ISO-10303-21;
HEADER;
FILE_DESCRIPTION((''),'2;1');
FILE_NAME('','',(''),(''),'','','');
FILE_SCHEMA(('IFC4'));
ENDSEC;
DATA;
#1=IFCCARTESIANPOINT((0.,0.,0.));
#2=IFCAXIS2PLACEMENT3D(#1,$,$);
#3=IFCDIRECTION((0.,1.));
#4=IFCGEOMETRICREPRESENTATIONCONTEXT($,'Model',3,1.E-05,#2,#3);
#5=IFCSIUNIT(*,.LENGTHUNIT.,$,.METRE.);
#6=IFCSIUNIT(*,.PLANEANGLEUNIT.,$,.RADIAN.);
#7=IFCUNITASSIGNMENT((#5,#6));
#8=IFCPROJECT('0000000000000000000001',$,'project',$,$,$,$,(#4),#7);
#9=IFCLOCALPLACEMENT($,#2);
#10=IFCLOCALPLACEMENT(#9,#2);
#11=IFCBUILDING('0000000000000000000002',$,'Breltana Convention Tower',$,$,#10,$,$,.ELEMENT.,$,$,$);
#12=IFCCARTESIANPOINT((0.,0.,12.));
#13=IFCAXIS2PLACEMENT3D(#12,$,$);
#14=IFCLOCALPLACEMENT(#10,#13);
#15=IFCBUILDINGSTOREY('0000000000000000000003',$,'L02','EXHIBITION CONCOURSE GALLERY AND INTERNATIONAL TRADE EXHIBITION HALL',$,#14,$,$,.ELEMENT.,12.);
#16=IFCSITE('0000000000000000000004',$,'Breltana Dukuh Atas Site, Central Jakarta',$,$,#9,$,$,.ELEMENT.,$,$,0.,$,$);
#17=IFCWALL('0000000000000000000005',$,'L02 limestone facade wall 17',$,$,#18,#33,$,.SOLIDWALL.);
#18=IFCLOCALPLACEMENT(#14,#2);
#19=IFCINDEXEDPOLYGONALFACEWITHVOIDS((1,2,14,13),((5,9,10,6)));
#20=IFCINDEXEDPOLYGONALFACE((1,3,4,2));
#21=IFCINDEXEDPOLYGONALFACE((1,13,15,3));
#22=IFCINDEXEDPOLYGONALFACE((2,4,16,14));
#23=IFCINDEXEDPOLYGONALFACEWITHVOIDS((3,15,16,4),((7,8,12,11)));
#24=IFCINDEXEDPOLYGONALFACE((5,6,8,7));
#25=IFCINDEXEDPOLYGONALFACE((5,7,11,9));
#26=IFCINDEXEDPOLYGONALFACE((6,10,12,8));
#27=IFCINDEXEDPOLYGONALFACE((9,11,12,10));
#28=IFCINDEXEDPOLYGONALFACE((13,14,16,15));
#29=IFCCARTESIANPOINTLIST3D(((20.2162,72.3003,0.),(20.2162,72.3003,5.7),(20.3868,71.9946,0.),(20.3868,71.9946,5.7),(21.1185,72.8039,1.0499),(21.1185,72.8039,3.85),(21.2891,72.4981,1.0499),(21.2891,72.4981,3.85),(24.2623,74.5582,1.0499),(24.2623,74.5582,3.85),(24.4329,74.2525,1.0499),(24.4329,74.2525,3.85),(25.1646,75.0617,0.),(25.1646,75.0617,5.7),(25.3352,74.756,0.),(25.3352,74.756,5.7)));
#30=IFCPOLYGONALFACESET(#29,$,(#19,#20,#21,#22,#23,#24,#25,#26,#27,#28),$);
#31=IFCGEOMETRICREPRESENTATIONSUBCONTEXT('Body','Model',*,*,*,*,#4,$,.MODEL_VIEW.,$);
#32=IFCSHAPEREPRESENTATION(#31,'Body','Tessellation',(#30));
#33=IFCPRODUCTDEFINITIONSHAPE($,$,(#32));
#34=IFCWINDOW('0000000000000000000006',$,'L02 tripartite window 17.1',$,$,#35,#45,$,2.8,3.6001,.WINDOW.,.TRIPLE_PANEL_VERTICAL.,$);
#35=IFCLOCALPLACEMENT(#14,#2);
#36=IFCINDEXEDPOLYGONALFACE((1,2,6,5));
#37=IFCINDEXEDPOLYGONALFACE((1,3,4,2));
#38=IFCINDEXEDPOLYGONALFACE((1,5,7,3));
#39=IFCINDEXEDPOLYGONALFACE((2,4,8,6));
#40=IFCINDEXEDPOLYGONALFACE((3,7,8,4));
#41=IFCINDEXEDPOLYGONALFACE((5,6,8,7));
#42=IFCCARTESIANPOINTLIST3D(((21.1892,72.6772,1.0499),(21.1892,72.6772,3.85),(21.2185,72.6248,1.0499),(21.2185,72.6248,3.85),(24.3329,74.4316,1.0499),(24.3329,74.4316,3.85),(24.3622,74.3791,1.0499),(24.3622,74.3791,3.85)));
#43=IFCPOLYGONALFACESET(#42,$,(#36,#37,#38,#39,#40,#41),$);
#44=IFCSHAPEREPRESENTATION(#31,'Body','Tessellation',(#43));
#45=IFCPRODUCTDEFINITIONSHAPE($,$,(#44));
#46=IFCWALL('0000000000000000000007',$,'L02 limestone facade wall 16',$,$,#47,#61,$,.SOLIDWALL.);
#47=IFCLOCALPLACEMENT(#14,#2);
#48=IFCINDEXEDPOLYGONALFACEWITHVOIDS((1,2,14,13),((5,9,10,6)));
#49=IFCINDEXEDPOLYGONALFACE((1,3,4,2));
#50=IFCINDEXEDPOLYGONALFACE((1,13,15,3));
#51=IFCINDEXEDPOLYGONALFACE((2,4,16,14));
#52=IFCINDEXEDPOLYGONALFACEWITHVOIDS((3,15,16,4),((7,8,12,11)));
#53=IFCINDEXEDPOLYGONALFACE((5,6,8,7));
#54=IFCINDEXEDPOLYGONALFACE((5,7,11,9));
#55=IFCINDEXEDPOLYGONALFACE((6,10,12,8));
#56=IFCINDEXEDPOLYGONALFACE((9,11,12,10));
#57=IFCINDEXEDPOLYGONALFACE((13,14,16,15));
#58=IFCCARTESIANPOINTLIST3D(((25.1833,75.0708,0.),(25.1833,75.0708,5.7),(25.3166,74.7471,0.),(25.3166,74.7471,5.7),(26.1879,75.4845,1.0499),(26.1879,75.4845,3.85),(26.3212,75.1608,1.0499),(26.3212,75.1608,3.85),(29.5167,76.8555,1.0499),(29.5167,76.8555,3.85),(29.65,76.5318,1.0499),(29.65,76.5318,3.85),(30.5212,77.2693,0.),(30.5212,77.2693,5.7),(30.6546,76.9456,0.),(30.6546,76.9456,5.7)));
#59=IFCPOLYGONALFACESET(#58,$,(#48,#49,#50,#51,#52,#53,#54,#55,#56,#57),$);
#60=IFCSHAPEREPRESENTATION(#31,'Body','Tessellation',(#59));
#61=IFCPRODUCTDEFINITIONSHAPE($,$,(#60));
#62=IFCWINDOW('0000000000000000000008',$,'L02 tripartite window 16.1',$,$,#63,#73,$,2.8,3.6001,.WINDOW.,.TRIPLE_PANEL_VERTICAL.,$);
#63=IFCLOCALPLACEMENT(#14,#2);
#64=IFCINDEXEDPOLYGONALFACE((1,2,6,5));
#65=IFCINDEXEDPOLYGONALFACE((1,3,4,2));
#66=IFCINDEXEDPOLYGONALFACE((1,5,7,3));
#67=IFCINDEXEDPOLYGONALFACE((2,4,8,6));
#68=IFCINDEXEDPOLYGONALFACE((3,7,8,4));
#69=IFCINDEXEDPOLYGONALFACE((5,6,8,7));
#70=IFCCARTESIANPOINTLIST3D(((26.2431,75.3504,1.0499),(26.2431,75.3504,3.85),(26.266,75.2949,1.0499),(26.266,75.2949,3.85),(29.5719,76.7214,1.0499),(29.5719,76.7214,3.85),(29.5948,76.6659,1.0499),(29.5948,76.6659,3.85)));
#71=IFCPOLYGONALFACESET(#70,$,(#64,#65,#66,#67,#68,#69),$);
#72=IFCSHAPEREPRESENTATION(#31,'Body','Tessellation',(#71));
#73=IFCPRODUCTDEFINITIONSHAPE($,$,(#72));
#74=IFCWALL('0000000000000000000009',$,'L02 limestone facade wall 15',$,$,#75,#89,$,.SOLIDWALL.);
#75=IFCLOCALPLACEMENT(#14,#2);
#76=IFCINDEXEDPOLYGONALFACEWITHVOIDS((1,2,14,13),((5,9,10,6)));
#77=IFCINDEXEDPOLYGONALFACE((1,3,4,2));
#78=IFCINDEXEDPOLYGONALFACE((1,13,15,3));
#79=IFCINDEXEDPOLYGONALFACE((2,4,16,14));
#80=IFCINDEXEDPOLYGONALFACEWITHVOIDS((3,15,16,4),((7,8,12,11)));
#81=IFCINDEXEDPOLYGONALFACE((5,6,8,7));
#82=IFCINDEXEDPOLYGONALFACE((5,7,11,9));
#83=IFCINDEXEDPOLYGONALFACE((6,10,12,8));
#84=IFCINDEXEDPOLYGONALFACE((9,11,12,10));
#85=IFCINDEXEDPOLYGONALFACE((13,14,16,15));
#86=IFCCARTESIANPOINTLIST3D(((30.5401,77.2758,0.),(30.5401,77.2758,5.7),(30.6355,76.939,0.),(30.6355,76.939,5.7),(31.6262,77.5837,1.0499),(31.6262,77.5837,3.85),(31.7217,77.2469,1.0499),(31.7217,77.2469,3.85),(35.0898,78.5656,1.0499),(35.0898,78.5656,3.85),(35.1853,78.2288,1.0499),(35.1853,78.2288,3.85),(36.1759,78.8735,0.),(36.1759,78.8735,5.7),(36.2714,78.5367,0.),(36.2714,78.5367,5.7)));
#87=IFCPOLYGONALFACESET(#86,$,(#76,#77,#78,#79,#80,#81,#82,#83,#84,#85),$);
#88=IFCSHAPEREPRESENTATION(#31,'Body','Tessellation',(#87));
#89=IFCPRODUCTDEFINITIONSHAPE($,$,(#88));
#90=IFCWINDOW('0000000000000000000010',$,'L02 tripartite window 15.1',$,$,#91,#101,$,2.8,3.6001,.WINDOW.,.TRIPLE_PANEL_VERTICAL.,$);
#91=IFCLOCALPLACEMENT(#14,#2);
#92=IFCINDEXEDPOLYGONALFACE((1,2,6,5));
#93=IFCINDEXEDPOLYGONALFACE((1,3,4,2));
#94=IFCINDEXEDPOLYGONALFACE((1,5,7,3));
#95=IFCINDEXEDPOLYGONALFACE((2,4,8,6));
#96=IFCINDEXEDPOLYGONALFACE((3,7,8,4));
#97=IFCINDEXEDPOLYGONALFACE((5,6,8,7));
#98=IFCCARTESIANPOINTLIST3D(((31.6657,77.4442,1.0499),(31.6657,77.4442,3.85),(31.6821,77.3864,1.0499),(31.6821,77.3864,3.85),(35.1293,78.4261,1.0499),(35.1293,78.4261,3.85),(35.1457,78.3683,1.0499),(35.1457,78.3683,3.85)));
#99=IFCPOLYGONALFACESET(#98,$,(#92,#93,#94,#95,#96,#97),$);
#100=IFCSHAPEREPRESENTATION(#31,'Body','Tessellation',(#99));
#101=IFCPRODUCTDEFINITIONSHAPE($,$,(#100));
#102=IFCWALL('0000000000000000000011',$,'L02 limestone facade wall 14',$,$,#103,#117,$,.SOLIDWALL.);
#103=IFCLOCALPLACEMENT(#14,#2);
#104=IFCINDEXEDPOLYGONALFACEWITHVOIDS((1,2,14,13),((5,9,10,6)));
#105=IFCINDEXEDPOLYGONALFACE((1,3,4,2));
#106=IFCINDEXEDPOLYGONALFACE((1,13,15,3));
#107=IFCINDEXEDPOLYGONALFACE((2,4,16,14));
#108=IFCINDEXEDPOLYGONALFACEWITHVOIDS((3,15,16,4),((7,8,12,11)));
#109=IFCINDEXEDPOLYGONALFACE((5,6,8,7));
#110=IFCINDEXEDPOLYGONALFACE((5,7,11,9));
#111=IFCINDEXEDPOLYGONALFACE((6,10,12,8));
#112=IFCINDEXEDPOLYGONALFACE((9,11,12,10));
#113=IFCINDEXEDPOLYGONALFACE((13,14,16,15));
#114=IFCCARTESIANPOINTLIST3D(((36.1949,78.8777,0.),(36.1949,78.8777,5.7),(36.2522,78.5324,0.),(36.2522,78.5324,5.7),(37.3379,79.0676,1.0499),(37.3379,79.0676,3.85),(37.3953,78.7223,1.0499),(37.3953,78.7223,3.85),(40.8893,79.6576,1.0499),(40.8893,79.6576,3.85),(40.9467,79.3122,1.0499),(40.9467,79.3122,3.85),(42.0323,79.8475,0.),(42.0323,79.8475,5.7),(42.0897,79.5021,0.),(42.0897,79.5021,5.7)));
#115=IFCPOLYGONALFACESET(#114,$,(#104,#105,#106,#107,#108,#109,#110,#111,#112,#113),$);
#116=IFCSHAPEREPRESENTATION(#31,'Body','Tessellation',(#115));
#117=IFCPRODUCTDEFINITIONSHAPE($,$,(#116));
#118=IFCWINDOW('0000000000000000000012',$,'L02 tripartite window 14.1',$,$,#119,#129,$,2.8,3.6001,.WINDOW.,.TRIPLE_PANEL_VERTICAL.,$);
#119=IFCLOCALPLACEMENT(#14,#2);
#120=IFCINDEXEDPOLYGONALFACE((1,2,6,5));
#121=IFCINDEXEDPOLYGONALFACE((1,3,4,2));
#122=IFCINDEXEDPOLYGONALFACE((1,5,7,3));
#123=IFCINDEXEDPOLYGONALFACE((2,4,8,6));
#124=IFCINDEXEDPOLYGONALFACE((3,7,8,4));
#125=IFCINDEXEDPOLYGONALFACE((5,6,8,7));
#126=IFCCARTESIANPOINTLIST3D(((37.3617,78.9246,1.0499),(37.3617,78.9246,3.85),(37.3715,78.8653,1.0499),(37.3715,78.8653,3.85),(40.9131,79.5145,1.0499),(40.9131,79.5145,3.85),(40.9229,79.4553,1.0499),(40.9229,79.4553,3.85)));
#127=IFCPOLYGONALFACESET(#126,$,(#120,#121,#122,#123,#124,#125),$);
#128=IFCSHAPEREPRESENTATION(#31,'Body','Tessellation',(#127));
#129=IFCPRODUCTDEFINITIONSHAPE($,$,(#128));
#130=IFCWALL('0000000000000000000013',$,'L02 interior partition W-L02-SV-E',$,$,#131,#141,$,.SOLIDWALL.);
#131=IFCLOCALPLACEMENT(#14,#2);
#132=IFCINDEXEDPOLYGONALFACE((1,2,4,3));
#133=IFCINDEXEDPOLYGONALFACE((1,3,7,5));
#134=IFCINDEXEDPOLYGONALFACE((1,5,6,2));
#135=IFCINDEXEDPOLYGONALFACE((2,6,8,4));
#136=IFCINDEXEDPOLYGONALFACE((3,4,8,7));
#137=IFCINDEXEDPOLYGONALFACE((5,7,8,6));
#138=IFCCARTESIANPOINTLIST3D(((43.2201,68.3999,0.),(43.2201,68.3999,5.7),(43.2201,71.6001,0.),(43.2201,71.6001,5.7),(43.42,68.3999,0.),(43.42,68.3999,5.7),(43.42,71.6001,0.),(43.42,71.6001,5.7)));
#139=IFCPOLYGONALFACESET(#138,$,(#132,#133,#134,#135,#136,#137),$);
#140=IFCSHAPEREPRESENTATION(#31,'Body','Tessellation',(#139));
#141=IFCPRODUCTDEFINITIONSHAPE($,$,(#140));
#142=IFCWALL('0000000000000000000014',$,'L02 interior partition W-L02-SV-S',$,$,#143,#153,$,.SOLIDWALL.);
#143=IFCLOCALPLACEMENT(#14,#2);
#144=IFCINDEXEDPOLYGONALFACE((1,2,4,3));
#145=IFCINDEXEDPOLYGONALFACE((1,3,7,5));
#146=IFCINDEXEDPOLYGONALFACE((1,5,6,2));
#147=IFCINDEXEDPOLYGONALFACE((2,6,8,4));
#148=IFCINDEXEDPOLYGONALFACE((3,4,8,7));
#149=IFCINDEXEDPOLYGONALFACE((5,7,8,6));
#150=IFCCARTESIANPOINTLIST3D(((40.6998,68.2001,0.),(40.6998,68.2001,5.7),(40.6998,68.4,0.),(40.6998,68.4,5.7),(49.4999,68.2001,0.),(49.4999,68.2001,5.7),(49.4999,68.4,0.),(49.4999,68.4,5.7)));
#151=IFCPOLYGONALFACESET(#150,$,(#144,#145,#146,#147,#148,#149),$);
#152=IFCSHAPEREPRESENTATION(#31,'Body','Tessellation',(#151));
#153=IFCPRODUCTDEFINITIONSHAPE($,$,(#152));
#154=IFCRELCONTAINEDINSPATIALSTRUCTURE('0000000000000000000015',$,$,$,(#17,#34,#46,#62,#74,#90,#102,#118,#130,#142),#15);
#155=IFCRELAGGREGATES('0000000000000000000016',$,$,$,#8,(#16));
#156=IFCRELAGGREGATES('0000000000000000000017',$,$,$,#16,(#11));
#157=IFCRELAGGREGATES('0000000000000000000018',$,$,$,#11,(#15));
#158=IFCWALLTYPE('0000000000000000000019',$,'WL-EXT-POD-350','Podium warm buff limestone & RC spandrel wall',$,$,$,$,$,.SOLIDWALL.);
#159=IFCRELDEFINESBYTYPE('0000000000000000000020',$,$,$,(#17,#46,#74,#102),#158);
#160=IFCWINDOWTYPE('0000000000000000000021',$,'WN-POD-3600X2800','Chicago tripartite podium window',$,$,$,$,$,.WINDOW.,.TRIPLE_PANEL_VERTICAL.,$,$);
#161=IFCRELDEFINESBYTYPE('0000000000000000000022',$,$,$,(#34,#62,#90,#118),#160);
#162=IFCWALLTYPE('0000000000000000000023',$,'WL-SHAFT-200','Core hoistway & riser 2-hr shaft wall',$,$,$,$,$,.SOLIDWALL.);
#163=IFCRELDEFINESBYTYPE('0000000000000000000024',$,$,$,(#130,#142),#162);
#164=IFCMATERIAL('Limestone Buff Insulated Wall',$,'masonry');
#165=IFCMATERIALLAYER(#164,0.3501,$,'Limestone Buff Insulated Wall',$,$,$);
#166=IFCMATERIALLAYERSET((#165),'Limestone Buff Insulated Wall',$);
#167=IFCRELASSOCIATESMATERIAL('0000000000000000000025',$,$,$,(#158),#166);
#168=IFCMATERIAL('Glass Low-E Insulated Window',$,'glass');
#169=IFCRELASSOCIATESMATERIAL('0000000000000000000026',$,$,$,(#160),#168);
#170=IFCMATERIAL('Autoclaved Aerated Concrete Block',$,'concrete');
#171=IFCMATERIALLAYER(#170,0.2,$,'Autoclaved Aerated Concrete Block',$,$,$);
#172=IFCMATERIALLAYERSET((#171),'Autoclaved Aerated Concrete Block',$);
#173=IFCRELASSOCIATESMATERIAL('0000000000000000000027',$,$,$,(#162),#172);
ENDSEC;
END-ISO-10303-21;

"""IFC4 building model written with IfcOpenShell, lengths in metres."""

from ifc_helpers import new_model, si_unit, direction, frame, frame_2d, origin, place, context, subcontext, project, spatial, rectangle, extrude, source, transform, mapped, material, layer, layer_set, type_object, type_shapes, element, fill, save


model = new_model("IFC4")

# Units and contexts
model_context = context("Model", 3, precision=1e-05, world=origin(), true_north=direction((0.0, 1.0)))
body_context = subcontext(model_context, "Body", "Model", "MODEL_VIEW")
ifc_project = project(units=[si_unit("LENGTHUNIT", "METRE"), si_unit("PLANEANGLEUNIT", "RADIAN")], contexts=[model_context])

# Site, building, storey
site_placement = place(None, origin())
site = spatial("IfcSite", under=ifc_project, at=site_placement, Name="Breltana Dukuh Atas Site, Central Jakarta", CompositionType="ELEMENT", RefElevation=0.0)
building_placement = place(site_placement, origin())
building = spatial("IfcBuilding", under=site, at=building_placement, Name="Breltana Convention Tower", CompositionType="ELEMENT")
storey_placement = place(building_placement, frame((0.0, 0.0, 12.0)))
storey = spatial("IfcBuildingStorey", under=building, at=storey_placement, Name="L02", Description="EXHIBITION CONCOURSE GALLERY AND INTERNATIONAL TRADE EXHIBITION HALL", CompositionType="ELEMENT", Elevation=12.0)

# Walls, openings, windows
ifc_material_1 = material(Name="Limestone Buff Insulated Wall", Category="masonry")
ifc_layer_1 = layer(ifc_material_1, 0.3501, Name="Limestone Buff Insulated Wall")
ifc_layer_set_1 = layer_set([ifc_layer_1], Name="Limestone Buff Insulated Wall")
wall_type_1 = type_object("IfcWallType", Name="WL-EXT-POD-350", Description="Podium warm buff limestone & RC spandrel wall", PredefinedType="SOLIDWALL", material=ifc_layer_set_1)
shared_shape_1 = source(origin(), body_context, "Body", "SweptSolid", [
    extrude(rectangle(XDim=5.6667, YDim=0.3501, at=frame_2d((2.8335, 0.0))), origin(), (0.0, 0.0, 1.0), 5.7),
])
wall_1_placement = place(storey_placement, frame((25.25, 74.9089, 0.0), z_axis=(0.0, 0.0, 1.0), x_axis=(-0.873233, -0.487303, 0.0)))
wall_1 = element("IfcWall", 1, at=wall_1_placement, inside=storey, type_object=wall_type_1, Name="L02 limestone facade wall 17", PredefinedType="SOLIDWALL", context=body_context, shape_type="MappedRepresentation", body=[
    mapped(shared_shape_1, transform((0.0, 0.0, 0.0), scale=1.0)),
])
opening_1_placement = place(wall_1_placement, frame((1.0334, 0.0, 1.05)))
opening_1 = element("IfcOpeningElement", 2, at=opening_1_placement, cuts=wall_1, PredefinedType="OPENING", context=body_context, shape_type="SweptSolid", body=[
    extrude(rectangle(XDim=3.6001, YDim=2.8, at=frame_2d((1.8, 1.3999))), frame((0.0, 0.1851, 0.0), z_axis=(0.0, -1.0, 0.0), x_axis=(1.0, 0.0, 0.0)), (0.0, 0.0, 1.0), 0.3701),
])
ifc_material_2 = material(Name="Glass Low-E Insulated Window", Category="glass")
window_type = type_object("IfcWindowType", Name="WN-POD-3600X2800", Description="Chicago tripartite podium window", PartitioningType="TRIPLE_PANEL_VERTICAL", PredefinedType="WINDOW", material=ifc_material_2)
shared_shape_2 = source(origin(), body_context, "Body", "SweptSolid", [
    extrude(rectangle(XDim=3.6001, YDim=2.8, at=frame_2d((1.8, 1.3999))), frame((0.0, 0.03, 0.0), z_axis=(0.0, -1.0, 0.0), x_axis=(1.0, 0.0, 0.0)), (0.0, 0.0, 1.0), 0.0601),
])
type_shapes(window_type, [shared_shape_2])
window_1_placement = place(opening_1_placement, origin())
window_1 = element("IfcWindow", 3, at=window_1_placement, inside=storey, type_object=window_type, Name="L02 tripartite window 17.1", OverallHeight=2.8, OverallWidth=3.6001, PartitioningType="TRIPLE_PANEL_VERTICAL", PredefinedType="WINDOW", context=body_context, shape_type="MappedRepresentation", body=[
    mapped(shared_shape_2, transform((0.0, 0.0, 0.0), scale=1.0)),
])
fill(opening_1, window_1)
shared_shape_3 = source(origin(), body_context, "Body", "SweptSolid", [
    extrude(rectangle(XDim=5.7729, YDim=0.3501, at=frame_2d((2.8865, 0.0))), origin(), (0.0, 0.0, 1.0), 5.7),
])
wall_2_placement = place(storey_placement, frame((30.5879, 77.1074, 0.0), z_axis=(0.0, 0.0, 1.0), x_axis=(-0.924646, -0.380829, 0.0)))
wall_2 = element("IfcWall", 4, at=wall_2_placement, inside=storey, type_object=wall_type_1, Name="L02 limestone facade wall 16", PredefinedType="SOLIDWALL", context=body_context, shape_type="MappedRepresentation", body=[
    mapped(shared_shape_3, transform((0.0, 0.0, 0.0), scale=1.0)),
])
opening_2_placement = place(wall_2_placement, frame((1.0864, 0.0, 1.05)))
opening_2 = element("IfcOpeningElement", 5, at=opening_2_placement, cuts=wall_2, PredefinedType="OPENING", context=body_context, shape_type="SweptSolid", body=[
    extrude(rectangle(XDim=3.6001, YDim=2.8, at=frame_2d((1.8, 1.3999))), frame((0.0, 0.1851, 0.0), z_axis=(0.0, -1.0, 0.0), x_axis=(1.0, 0.0, 0.0)), (0.0, 0.0, 1.0), 0.3701),
])
window_2_placement = place(opening_2_placement, origin())
window_2 = element("IfcWindow", 6, at=window_2_placement, inside=storey, type_object=window_type, Name="L02 tripartite window 16.1", OverallHeight=2.8, OverallWidth=3.6001, PartitioningType="TRIPLE_PANEL_VERTICAL", PredefinedType="WINDOW", context=body_context, shape_type="MappedRepresentation", body=[
    mapped(shared_shape_2, transform((0.0, 0.0, 0.0), scale=1.0)),
])
fill(opening_2, window_2)
shared_shape_4 = source(origin(), body_context, "Body", "SweptSolid", [
    extrude(rectangle(XDim=5.8579, YDim=0.3501, at=frame_2d((2.929, 0.0))), origin(), (0.0, 0.0, 1.0), 5.7),
])
wall_3_placement = place(storey_placement, frame((36.2236, 78.7051, 0.0), z_axis=(0.0, 0.0, 1.0), x_axis=(-0.962088, -0.272739, 0.0)))
wall_3 = element("IfcWall", 7, at=wall_3_placement, inside=storey, type_object=wall_type_1, Name="L02 limestone facade wall 15", PredefinedType="SOLIDWALL", context=body_context, shape_type="MappedRepresentation", body=[
    mapped(shared_shape_4, transform((0.0, 0.0, 0.0), scale=1.0)),
])
opening_3_placement = place(wall_3_placement, frame((1.1289, 0.0, 1.05)))
opening_3 = element("IfcOpeningElement", 8, at=opening_3_placement, cuts=wall_3, PredefinedType="OPENING", context=body_context, shape_type="SweptSolid", body=[
    extrude(rectangle(XDim=3.6001, YDim=2.8, at=frame_2d((1.8, 1.3999))), frame((0.0, 0.1851, 0.0), z_axis=(0.0, -1.0, 0.0), x_axis=(1.0, 0.0, 0.0)), (0.0, 0.0, 1.0), 0.3701),
])
window_3_placement = place(opening_3_placement, origin())
window_3 = element("IfcWindow", 9, at=window_3_placement, inside=storey, type_object=window_type, Name="L02 tripartite window 15.1", OverallHeight=2.8, OverallWidth=3.6001, PartitioningType="TRIPLE_PANEL_VERTICAL", PredefinedType="WINDOW", context=body_context, shape_type="MappedRepresentation", body=[
    mapped(shared_shape_2, transform((0.0, 0.0, 0.0), scale=1.0)),
])
fill(opening_3, window_3)
shared_shape_5 = source(origin(), body_context, "Body", "SweptSolid", [
    extrude(rectangle(XDim=5.9175, YDim=0.3501, at=frame_2d((2.9587, 0.0))), origin(), (0.0, 0.0, 1.0), 5.7),
])
wall_4_placement = place(storey_placement, frame((42.061, 79.6748, 0.0), z_axis=(0.0, 0.0, 1.0), x_axis=(-0.986481, -0.163877, 0.0)))
wall_4 = element("IfcWall", 10, at=wall_4_placement, inside=storey, type_object=wall_type_1, Name="L02 limestone facade wall 14", PredefinedType="SOLIDWALL", context=body_context, shape_type="MappedRepresentation", body=[
    mapped(shared_shape_5, transform((0.0, 0.0, 0.0), scale=1.0)),
])
opening_4_placement = place(wall_4_placement, frame((1.1587, 0.0, 1.05)))
opening_4 = element("IfcOpeningElement", 11, at=opening_4_placement, cuts=wall_4, PredefinedType="OPENING", context=body_context, shape_type="SweptSolid", body=[
    extrude(rectangle(XDim=3.6001, YDim=2.8, at=frame_2d((1.8, 1.3999))), frame((0.0, 0.1851, 0.0), z_axis=(0.0, -1.0, 0.0), x_axis=(1.0, 0.0, 0.0)), (0.0, 0.0, 1.0), 0.3701),
])
window_4_placement = place(opening_4_placement, origin())
window_4 = element("IfcWindow", 12, at=window_4_placement, inside=storey, type_object=window_type, Name="L02 tripartite window 14.1", OverallHeight=2.8, OverallWidth=3.6001, PartitioningType="TRIPLE_PANEL_VERTICAL", PredefinedType="WINDOW", context=body_context, shape_type="MappedRepresentation", body=[
    mapped(shared_shape_2, transform((0.0, 0.0, 0.0), scale=1.0)),
])
fill(opening_4, window_4)

# Walls
ifc_material_3 = material(Name="Autoclaved Aerated Concrete Block", Category="concrete")
ifc_layer_2 = layer(ifc_material_3, 0.2, Name="Autoclaved Aerated Concrete Block")
ifc_layer_set_2 = layer_set([ifc_layer_2], Name="Autoclaved Aerated Concrete Block")
wall_type_2 = type_object("IfcWallType", Name="WL-SHAFT-200", Description="Core hoistway & riser 2-hr shaft wall", PredefinedType="SOLIDWALL", material=ifc_layer_set_2)
shared_shape_6 = source(origin(), body_context, "Body", "SweptSolid", [
    extrude(rectangle(XDim=3.2002, YDim=0.2, at=frame_2d((1.6001, 0.0))), origin(), (0.0, 0.0, 1.0), 5.7),
])
wall_5_placement = place(storey_placement, frame((43.3201, 68.3999, 0.0), z_axis=(0.0, 0.0, 1.0), x_axis=(0.0, 1.0, 0.0)))
element("IfcWall", 13, at=wall_5_placement, inside=storey, type_object=wall_type_2, Name="L02 interior partition W-L02-SV-E", PredefinedType="SOLIDWALL", context=body_context, shape_type="MappedRepresentation", body=[
    mapped(shared_shape_6, transform((0.0, 0.0, 0.0), scale=1.0)),
])
shared_shape_7 = source(origin(), body_context, "Body", "SweptSolid", [
    extrude(rectangle(XDim=8.8, YDim=0.2, at=frame_2d((4.3999, 0.0))), origin(), (0.0, 0.0, 1.0), 5.7),
])
wall_6_placement = place(storey_placement, frame((40.7, 68.3, 0.0), z_axis=(0.0, 0.0, 1.0), x_axis=(1.0, 0.0, 0.0)))
element("IfcWall", 14, at=wall_6_placement, inside=storey, type_object=wall_type_2, Name="L02 interior partition W-L02-SV-S", PredefinedType="SOLIDWALL", context=body_context, shape_type="MappedRepresentation", body=[
    mapped(shared_shape_7, transform((0.0, 0.0, 0.0), scale=1.0)),
])

save(model, "model.ifc")
